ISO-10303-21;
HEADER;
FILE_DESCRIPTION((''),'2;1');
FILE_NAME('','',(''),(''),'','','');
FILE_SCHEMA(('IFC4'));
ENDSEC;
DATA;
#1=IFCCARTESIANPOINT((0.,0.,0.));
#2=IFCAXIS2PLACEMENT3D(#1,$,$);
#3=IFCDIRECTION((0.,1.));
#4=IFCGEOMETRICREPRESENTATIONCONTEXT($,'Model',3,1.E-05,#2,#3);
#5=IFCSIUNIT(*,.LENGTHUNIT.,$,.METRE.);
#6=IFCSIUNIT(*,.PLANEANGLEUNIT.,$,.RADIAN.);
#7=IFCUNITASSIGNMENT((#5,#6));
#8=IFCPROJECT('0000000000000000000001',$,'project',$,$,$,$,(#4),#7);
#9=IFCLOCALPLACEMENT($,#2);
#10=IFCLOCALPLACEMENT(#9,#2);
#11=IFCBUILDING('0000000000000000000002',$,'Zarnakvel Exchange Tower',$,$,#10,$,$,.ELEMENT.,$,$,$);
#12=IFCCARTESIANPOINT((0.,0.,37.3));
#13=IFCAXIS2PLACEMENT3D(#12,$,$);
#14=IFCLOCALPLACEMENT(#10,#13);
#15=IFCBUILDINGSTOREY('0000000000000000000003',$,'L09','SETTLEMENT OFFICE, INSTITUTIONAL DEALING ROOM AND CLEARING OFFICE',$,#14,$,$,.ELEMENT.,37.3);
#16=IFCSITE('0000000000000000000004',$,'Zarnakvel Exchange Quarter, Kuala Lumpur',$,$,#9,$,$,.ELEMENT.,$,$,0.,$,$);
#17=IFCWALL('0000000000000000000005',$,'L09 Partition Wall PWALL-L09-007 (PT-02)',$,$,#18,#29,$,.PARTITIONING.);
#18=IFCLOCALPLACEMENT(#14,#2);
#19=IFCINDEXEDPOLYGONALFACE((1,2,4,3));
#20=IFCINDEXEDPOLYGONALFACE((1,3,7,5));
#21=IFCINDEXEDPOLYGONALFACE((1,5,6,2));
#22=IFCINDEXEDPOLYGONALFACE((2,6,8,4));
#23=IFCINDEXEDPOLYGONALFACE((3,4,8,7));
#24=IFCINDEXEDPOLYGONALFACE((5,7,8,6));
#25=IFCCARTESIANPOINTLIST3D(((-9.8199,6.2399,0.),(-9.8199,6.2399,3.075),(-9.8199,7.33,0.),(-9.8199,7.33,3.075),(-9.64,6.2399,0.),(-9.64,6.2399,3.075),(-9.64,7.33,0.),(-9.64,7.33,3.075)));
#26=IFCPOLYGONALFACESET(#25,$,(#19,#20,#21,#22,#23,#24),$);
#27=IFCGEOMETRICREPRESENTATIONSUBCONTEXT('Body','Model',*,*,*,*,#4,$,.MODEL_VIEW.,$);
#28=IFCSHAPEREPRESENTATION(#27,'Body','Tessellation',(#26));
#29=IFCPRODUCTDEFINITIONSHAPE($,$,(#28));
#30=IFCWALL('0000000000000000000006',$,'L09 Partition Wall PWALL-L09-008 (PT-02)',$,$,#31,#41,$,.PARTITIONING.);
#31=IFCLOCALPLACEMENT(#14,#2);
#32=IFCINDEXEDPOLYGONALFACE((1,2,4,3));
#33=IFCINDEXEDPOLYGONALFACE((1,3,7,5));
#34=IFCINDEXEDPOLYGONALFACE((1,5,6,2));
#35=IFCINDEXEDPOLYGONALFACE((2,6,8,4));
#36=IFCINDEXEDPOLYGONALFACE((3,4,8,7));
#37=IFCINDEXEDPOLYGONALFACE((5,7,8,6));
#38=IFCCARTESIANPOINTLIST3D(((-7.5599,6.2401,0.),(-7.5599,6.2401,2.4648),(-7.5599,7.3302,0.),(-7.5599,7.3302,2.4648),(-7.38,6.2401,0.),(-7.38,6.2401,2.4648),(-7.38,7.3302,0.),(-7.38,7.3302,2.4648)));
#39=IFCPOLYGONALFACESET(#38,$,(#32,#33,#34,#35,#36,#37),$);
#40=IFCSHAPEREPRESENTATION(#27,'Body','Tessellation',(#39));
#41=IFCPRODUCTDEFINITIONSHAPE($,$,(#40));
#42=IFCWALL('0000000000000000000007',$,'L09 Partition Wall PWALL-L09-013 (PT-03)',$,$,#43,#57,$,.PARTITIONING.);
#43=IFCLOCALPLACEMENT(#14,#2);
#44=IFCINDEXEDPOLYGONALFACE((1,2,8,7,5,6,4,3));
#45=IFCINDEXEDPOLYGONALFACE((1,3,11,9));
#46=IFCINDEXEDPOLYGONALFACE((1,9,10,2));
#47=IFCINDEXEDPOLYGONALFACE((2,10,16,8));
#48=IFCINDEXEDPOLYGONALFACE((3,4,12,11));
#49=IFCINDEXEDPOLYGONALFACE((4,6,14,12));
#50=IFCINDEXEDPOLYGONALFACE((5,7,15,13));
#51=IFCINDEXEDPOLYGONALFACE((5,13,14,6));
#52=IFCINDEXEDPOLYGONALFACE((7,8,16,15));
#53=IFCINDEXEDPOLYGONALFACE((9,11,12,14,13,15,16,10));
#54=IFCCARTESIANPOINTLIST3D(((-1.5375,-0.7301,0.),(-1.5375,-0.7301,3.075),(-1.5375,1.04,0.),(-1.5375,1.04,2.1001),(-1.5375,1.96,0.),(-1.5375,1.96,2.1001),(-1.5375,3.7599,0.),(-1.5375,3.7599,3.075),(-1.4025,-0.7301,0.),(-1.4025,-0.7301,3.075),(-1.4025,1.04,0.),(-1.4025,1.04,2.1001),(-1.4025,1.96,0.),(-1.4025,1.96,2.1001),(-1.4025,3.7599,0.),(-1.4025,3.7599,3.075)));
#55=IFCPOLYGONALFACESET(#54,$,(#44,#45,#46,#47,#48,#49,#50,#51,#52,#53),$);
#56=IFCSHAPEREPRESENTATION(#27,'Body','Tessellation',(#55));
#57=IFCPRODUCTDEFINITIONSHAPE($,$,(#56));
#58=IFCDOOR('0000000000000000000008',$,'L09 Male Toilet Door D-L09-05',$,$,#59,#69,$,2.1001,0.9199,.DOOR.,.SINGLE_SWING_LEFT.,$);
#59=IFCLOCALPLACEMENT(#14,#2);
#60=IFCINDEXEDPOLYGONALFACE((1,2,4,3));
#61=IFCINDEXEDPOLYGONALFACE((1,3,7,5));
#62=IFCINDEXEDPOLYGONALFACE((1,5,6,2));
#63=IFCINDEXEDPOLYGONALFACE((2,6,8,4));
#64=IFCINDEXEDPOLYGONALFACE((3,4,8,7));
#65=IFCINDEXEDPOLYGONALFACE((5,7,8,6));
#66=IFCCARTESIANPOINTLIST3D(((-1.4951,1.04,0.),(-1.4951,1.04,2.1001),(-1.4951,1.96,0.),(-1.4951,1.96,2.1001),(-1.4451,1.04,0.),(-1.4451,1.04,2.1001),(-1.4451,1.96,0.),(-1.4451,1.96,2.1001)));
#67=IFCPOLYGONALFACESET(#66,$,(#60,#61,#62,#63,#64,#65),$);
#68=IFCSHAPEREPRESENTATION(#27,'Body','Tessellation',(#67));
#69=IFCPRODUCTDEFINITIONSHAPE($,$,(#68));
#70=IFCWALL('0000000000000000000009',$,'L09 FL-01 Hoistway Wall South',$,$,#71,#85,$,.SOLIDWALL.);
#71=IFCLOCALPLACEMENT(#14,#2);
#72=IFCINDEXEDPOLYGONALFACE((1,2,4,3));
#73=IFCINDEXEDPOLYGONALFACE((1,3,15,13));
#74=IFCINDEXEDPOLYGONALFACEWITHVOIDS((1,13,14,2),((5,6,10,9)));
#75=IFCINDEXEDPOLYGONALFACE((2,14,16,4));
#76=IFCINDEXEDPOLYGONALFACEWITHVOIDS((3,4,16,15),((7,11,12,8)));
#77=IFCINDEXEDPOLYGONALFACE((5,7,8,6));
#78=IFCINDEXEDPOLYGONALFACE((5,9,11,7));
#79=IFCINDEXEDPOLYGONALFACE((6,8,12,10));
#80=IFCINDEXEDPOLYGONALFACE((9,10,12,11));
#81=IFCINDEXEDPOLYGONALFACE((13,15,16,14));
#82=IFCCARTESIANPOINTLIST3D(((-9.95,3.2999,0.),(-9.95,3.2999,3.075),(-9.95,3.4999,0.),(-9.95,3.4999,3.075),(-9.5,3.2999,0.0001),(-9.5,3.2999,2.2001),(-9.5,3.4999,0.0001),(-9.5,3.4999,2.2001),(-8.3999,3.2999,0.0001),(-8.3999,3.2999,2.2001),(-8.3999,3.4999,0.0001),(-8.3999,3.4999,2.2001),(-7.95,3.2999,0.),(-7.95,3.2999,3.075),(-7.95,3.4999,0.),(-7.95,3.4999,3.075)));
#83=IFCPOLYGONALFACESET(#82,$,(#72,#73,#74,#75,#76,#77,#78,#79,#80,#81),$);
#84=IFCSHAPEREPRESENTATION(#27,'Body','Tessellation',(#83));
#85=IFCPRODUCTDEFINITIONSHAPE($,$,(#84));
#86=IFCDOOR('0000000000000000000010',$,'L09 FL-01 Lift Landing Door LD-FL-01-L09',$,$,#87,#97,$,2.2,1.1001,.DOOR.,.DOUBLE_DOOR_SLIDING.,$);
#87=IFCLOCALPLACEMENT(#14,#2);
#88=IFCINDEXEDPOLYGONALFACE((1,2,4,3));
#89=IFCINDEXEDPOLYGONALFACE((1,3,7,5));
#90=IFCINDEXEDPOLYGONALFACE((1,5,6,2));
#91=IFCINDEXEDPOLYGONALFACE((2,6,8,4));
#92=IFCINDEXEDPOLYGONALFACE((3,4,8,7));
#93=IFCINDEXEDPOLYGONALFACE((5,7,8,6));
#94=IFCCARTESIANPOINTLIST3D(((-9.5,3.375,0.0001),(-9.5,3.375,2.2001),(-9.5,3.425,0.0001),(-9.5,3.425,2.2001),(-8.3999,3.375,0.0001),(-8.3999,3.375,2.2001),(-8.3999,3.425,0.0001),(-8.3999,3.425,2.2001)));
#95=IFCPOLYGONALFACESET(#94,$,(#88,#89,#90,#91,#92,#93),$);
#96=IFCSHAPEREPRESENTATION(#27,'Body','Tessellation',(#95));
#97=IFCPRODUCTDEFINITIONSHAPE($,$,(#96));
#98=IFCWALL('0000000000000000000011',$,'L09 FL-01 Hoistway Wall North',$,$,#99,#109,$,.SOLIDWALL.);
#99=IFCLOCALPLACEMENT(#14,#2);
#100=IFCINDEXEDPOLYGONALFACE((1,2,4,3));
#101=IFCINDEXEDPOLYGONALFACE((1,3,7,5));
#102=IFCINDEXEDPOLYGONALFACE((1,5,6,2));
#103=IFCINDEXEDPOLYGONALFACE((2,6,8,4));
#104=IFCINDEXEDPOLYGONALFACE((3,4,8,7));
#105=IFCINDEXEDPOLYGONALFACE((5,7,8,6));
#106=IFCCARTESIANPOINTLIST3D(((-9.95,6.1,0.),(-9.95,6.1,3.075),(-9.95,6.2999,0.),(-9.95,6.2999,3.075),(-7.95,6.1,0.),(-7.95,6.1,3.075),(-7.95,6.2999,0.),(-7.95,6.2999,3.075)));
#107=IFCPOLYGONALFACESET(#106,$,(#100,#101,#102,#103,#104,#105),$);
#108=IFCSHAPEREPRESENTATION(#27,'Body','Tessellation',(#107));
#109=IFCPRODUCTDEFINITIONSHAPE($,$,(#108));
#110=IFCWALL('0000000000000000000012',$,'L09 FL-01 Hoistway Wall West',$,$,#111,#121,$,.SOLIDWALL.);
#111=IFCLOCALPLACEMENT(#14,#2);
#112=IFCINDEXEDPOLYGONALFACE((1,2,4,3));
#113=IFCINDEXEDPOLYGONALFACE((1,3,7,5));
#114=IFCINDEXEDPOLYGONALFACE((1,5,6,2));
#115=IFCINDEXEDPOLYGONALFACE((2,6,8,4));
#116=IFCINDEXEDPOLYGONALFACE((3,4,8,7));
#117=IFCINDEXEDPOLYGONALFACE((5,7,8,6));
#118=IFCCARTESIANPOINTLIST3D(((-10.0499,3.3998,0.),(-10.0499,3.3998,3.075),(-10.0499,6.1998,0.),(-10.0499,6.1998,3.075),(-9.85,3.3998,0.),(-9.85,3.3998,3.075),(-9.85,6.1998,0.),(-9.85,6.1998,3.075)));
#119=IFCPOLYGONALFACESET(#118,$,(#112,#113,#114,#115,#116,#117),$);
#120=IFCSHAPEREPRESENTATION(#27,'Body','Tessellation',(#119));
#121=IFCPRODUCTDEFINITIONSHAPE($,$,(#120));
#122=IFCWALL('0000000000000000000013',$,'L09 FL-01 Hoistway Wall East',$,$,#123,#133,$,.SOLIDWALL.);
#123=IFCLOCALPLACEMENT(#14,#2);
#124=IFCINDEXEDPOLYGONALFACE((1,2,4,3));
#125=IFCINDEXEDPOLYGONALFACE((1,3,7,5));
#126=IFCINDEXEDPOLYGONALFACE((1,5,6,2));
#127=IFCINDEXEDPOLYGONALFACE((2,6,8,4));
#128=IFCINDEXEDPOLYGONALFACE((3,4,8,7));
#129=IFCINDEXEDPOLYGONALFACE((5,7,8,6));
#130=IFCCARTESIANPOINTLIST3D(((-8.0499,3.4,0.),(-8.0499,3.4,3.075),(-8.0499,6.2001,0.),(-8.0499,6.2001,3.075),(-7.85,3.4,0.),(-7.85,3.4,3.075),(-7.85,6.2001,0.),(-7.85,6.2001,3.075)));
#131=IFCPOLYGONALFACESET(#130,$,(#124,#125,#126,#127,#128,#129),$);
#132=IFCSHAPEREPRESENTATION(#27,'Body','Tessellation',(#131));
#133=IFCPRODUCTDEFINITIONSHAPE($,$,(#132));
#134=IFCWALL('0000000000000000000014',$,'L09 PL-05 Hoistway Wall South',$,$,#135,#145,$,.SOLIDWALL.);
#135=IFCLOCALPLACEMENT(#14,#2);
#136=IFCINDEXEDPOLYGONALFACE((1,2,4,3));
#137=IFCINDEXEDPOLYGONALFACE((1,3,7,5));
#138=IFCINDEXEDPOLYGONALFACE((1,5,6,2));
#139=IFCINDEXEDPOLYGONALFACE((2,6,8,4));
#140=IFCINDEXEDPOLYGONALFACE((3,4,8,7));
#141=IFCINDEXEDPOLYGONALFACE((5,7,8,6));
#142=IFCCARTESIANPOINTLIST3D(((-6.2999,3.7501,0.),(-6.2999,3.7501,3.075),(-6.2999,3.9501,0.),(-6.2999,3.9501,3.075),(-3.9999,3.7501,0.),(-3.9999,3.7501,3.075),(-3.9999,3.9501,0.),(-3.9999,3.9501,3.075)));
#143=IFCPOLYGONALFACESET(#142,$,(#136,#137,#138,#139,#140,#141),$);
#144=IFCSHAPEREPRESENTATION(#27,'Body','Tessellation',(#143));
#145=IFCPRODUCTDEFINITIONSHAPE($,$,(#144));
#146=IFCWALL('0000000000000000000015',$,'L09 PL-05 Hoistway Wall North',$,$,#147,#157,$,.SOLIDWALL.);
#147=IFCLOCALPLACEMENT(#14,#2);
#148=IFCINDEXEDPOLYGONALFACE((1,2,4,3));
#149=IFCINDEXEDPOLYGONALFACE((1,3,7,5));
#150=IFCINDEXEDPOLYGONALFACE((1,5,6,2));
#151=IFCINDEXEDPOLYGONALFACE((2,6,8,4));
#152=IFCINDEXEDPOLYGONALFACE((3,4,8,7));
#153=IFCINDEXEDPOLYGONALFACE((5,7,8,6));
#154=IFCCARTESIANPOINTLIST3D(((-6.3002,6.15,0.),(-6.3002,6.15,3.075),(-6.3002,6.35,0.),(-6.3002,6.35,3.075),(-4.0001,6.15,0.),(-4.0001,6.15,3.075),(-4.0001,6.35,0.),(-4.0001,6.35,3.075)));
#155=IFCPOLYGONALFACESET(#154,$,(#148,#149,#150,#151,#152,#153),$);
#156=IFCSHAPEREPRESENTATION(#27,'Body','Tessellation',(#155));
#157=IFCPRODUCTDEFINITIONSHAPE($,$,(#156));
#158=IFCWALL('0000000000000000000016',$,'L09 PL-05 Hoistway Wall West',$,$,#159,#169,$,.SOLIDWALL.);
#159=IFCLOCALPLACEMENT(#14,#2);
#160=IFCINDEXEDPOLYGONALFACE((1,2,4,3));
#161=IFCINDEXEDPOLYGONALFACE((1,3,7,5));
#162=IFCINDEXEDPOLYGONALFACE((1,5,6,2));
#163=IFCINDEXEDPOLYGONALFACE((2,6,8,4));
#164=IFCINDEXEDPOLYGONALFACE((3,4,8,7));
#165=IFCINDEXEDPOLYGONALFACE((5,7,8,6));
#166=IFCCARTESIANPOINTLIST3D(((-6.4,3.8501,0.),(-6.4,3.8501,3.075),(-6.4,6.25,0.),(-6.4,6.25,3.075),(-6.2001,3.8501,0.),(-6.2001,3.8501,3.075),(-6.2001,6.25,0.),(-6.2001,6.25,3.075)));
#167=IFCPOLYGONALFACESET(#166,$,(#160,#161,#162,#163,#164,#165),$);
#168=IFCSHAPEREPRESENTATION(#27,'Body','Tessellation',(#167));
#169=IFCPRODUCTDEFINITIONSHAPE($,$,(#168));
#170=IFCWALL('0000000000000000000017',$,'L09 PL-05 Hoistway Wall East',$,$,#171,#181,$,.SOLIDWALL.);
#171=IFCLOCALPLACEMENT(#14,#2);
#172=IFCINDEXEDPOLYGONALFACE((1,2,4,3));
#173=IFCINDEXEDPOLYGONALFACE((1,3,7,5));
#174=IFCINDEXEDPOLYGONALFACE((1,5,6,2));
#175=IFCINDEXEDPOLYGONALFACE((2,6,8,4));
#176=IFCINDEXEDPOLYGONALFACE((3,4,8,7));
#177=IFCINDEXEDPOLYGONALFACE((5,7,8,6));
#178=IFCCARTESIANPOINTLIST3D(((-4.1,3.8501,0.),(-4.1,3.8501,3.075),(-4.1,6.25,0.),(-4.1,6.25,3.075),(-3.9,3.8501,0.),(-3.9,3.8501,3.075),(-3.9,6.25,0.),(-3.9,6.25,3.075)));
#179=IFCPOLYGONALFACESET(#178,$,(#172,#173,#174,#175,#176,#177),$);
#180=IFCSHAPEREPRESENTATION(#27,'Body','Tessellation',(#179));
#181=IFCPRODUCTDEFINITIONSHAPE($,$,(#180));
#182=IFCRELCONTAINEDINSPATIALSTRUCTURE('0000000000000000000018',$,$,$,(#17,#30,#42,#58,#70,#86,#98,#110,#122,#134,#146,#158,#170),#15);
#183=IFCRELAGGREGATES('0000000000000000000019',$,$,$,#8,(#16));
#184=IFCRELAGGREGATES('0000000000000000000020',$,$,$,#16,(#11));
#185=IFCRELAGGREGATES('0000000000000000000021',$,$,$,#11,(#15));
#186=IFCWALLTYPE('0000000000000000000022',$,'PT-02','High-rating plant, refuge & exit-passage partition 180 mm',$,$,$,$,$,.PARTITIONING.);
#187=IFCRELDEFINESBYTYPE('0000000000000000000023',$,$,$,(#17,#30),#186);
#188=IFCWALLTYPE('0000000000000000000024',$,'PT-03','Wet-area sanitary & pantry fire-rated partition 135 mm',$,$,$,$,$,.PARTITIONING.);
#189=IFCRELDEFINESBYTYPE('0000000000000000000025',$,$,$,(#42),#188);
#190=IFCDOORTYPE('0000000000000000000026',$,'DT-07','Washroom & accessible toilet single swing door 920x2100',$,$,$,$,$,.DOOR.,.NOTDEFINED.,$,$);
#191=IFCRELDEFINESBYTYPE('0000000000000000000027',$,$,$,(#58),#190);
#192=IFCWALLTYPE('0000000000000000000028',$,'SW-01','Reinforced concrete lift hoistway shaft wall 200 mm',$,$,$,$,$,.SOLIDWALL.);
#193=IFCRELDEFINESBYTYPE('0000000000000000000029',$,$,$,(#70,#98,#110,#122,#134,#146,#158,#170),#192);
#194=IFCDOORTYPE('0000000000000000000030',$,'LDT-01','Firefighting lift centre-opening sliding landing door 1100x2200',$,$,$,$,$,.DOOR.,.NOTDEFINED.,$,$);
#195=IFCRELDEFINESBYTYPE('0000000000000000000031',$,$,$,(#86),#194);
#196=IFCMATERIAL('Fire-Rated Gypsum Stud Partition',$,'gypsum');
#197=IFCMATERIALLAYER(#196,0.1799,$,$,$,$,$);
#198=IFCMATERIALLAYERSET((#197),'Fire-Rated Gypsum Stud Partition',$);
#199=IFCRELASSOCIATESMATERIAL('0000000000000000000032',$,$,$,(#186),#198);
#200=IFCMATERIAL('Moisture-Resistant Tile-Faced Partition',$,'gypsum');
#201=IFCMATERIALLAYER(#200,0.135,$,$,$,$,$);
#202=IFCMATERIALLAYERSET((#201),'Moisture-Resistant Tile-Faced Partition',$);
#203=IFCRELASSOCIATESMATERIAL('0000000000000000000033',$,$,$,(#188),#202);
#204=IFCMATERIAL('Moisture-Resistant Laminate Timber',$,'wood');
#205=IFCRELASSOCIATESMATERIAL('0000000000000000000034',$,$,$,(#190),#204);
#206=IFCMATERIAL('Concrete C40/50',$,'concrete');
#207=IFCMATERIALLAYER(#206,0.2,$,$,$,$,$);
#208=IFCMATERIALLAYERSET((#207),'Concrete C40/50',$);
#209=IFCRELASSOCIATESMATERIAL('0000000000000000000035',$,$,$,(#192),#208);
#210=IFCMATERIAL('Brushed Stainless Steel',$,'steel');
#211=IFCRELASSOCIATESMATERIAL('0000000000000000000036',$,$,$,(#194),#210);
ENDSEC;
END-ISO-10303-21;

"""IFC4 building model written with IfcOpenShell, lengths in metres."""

from ifc_helpers import new_model, si_unit, direction, frame, frame_2d, origin, place, context, subcontext, project, spatial, rectangle, extrude, source, transform, mapped, material, layer, layer_set, type_object, element, fill, save


model = new_model("IFC4")

# Units and contexts
model_context = context("Model", 3, precision=1e-05, world=origin(), true_north=direction((0.0, 1.0)))
body_context = subcontext(model_context, "Body", "Model", "MODEL_VIEW")
ifc_project = project(units=[si_unit("LENGTHUNIT", "METRE"), si_unit("PLANEANGLEUNIT", "RADIAN")], contexts=[model_context])

# Site, building, storey
site_placement = place(None, origin())
site = spatial("IfcSite", under=ifc_project, at=site_placement, Name="Zarnakvel Exchange Quarter, Kuala Lumpur", CompositionType="ELEMENT", RefElevation=0.0)
building_placement = place(site_placement, origin())
building = spatial("IfcBuilding", under=site, at=building_placement, Name="Zarnakvel Exchange Tower", CompositionType="ELEMENT")
storey_placement = place(building_placement, frame((0.0, 0.0, 37.3)))
storey = spatial("IfcBuildingStorey", under=building, at=storey_placement, Name="L09", Description="SETTLEMENT OFFICE, INSTITUTIONAL DEALING ROOM AND CLEARING OFFICE", CompositionType="ELEMENT", Elevation=37.3)

# Walls
ifc_material_1 = material(Name="Fire-Rated Gypsum Stud Partition", Category="gypsum")
ifc_layer_1 = layer(ifc_material_1, 0.1799)
ifc_layer_set_1 = layer_set([ifc_layer_1], Name="Fire-Rated Gypsum Stud Partition")
wall_type_1 = type_object("IfcWallType", Name="PT-02", Description="High-rating plant, refuge & exit-passage partition 180 mm", PredefinedType="PARTITIONING", material=ifc_layer_set_1)
wall_1_placement = place(storey_placement, frame((-9.73, 6.24, 0.0), z_axis=(0.0, 0.0, 1.0), x_axis=(0.0, 1.0, 0.0)))
element("IfcWall", 1, at=wall_1_placement, inside=storey, type_object=wall_type_1, Name="L09 Partition Wall PWALL-L09-007 (PT-02)", PredefinedType="PARTITIONING", context=body_context, shape_type="SweptSolid", body=[
    extrude(rectangle(XDim=1.0901, YDim=0.1799, at=frame_2d((0.5449, 0.0))), origin(), (0.0, 0.0, 1.0), 3.075),
])
wall_2_placement = place(storey_placement, frame((-7.47, 7.3301, 0.0), z_axis=(0.0, 0.0, 1.0), x_axis=(0.0, -1.0, 0.0)))
element("IfcWall", 2, at=wall_2_placement, inside=storey, type_object=wall_type_1, Name="L09 Partition Wall PWALL-L09-008 (PT-02)", PredefinedType="PARTITIONING", context=body_context, shape_type="SweptSolid", body=[
    extrude(rectangle(XDim=1.0901, YDim=0.1799, at=frame_2d((0.5449, 0.0))), origin(), (0.0, 0.0, 1.0), 2.4648),
])

# Walls, openings, doors
ifc_material_2 = material(Name="Moisture-Resistant Tile-Faced Partition", Category="gypsum")
ifc_layer_2 = layer(ifc_material_2, 0.135)
ifc_layer_set_2 = layer_set([ifc_layer_2], Name="Moisture-Resistant Tile-Faced Partition")
wall_type_2 = type_object("IfcWallType", Name="PT-03", Description="Wet-area sanitary & pantry fire-rated partition 135 mm", PredefinedType="PARTITIONING", material=ifc_layer_set_2)
wall_3_placement = place(storey_placement, frame((-1.47, 3.76, 0.0), z_axis=(0.0, 0.0, 1.0), x_axis=(0.0, -1.0, 0.0)))
wall_3 = element("IfcWall", 3, at=wall_3_placement, inside=storey, type_object=wall_type_2, Name="L09 Partition Wall PWALL-L09-013 (PT-03)", PredefinedType="PARTITIONING", context=body_context, shape_type="SweptSolid", body=[
    extrude(rectangle(XDim=4.49, YDim=0.135, at=frame_2d((2.2451, 0.0))), origin(), (0.0, 0.0, 1.0), 3.075),
])
opening_1_placement = place(wall_3_placement, frame((1.8, 0.0, 0.0)))
opening_1 = element("IfcOpeningElement", 4, at=opening_1_placement, cuts=wall_3, PredefinedType="OPENING", context=body_context, shape_type="SweptSolid", body=[
    extrude(rectangle(XDim=0.9199, YDim=2.1001, at=frame_2d((0.46, 1.05))), frame((0.0, 0.0774, 0.0), z_axis=(0.0, -1.0, 0.0), x_axis=(1.0, 0.0, 0.0)), (0.0, 0.0, 1.0), 0.155),
])
ifc_material_3 = material(Name="Moisture-Resistant Laminate Timber", Category="wood")
door_type_1 = type_object("IfcDoorType", Name="DT-07", Description="Washroom & accessible toilet single swing door 920x2100", OperationType="NOTDEFINED", PredefinedType="DOOR", material=ifc_material_3)
shared_shape_1 = source(origin(), body_context, "Body", "SweptSolid", [
    extrude(rectangle(XDim=0.9199, YDim=2.1001, at=frame_2d((0.46, 1.05))), frame((0.0, 0.0249, 0.0), z_axis=(0.0, -1.0, 0.0), x_axis=(1.0, 0.0, 0.0)), (0.0, 0.0, 1.0), 0.05),
])
door_1_placement = place(opening_1_placement, origin())
door_1 = element("IfcDoor", 5, at=door_1_placement, inside=storey, type_object=door_type_1, Name="L09 Male Toilet Door D-L09-05", OperationType="SINGLE_SWING_LEFT", OverallHeight=2.1001, OverallWidth=0.9199, PredefinedType="DOOR", context=body_context, shape_type="MappedRepresentation", body=[
    mapped(shared_shape_1, transform((0.0, 0.0, 0.0), x_axis=(1.0, 0.0, 0.0), y_axis=(0.0, 1.0, 0.0), z_axis=(0.0, 0.0, 1.0), scale=1.0)),
])
fill(opening_1, door_1)
ifc_material_4 = material(Name="Concrete C40/50", Category="concrete")
ifc_layer_3 = layer(ifc_material_4, 0.2)
ifc_layer_set_3 = layer_set([ifc_layer_3], Name="Concrete C40/50")
wall_type_3 = type_object("IfcWallType", Name="SW-01", Description="Reinforced concrete lift hoistway shaft wall 200 mm", PredefinedType="SOLIDWALL", material=ifc_layer_set_3)
wall_4_placement = place(storey_placement, frame((-7.95, 3.3999, 0.0), z_axis=(0.0, 0.0, 1.0), x_axis=(-1.0, 0.0, 0.0)))
wall_4 = element("IfcWall", 6, at=wall_4_placement, inside=storey, type_object=wall_type_3, Name="L09 FL-01 Hoistway Wall South", PredefinedType="SOLIDWALL", context=body_context, shape_type="SweptSolid", body=[
    extrude(rectangle(XDim=2.0, YDim=0.2, at=frame_2d((1.0, 0.0))), origin(), (0.0, 0.0, 1.0), 3.075),
])
opening_2_placement = place(wall_4_placement, frame((0.45, 0.0, 0.0)))
opening_2 = element("IfcOpeningElement", 7, at=opening_2_placement, cuts=wall_4, PredefinedType="OPENING", context=body_context, shape_type="SweptSolid", body=[
    extrude(rectangle(XDim=1.1001, YDim=2.2, at=frame_2d((0.55, 1.1001))), frame((0.0, 0.1099, 0.0), z_axis=(0.0, -1.0, 0.0), x_axis=(1.0, 0.0, 0.0)), (0.0, 0.0, 1.0), 0.22),
])
ifc_material_5 = material(Name="Brushed Stainless Steel", Category="steel")
door_type_2 = type_object("IfcDoorType", Name="LDT-01", Description="Firefighting lift centre-opening sliding landing door 1100x2200", OperationType="NOTDEFINED", PredefinedType="DOOR", material=ifc_material_5)
shared_shape_2 = source(origin(), body_context, "Body", "SweptSolid", [
    extrude(rectangle(XDim=1.1001, YDim=2.2, at=frame_2d((0.55, 1.1001))), frame((0.0, 0.0249, 0.0), z_axis=(0.0, -1.0, 0.0), x_axis=(1.0, 0.0, 0.0)), (0.0, 0.0, 1.0), 0.05),
])
door_2_placement = place(opening_2_placement, origin())
door_2 = element("IfcDoor", 8, at=door_2_placement, inside=storey, type_object=door_type_2, Name="L09 FL-01 Lift Landing Door LD-FL-01-L09", OperationType="DOUBLE_DOOR_SLIDING", OverallHeight=2.2, OverallWidth=1.1001, PredefinedType="DOOR", context=body_context, shape_type="MappedRepresentation", body=[
    mapped(shared_shape_2, transform((0.0, 0.0, 0.0), x_axis=(1.0, 0.0, 0.0), y_axis=(0.0, 1.0, 0.0), z_axis=(0.0, 0.0, 1.0), scale=1.0)),
])
fill(opening_2, door_2)

# Walls
wall_5_placement = place(storey_placement, frame((-9.95, 6.2, 0.0), z_axis=(0.0, 0.0, 1.0), x_axis=(1.0, 0.0, 0.0)))
element("IfcWall", 9, at=wall_5_placement, inside=storey, type_object=wall_type_3, Name="L09 FL-01 Hoistway Wall North", PredefinedType="SOLIDWALL", context=body_context, shape_type="SweptSolid", body=[
    extrude(rectangle(XDim=2.0, YDim=0.2, at=frame_2d((1.0, 0.0))), origin(), (0.0, 0.0, 1.0), 3.075),
])
for number, where, z_axis, x_axis, name in (
    (10, (-9.95, 3.3999, 0.0), (0.0, 0.0, 1.0), (0.0, 1.0, 0.0), "L09 FL-01 Hoistway Wall West"),
    (11, (-7.95, 6.2, 0.0), (0.0, 0.0, 1.0), (0.0, -1.0, 0.0), "L09 FL-01 Hoistway Wall East"),
):
    element("IfcWall", number, at=place(storey_placement, frame(where, z_axis=z_axis, x_axis=x_axis)), inside=storey, type_object=wall_type_3, Name=name, PredefinedType="SOLIDWALL", context=body_context, shape_type="SweptSolid", body=[
        extrude(rectangle(XDim=2.8, YDim=0.2, at=frame_2d((1.3999, 0.0))), origin(), (0.0, 0.0, 1.0), 3.075),
    ])
for number, where, z_axis, x_axis, name in (
    (12, (-4.0, 3.8501, 0.0), (0.0, 0.0, 1.0), (-1.0, 0.0, 0.0), "L09 PL-05 Hoistway Wall South"),
    (13, (-6.3, 6.25, 0.0), (0.0, 0.0, 1.0), (1.0, 0.0, 0.0), "L09 PL-05 Hoistway Wall North"),
):
    element("IfcWall", number, at=place(storey_placement, frame(where, z_axis=z_axis, x_axis=x_axis)), inside=storey, type_object=wall_type_3, Name=name, PredefinedType="SOLIDWALL", context=body_context, shape_type="SweptSolid", body=[
        extrude(rectangle(XDim=2.3, YDim=0.2, at=frame_2d((1.1499, 0.0))), origin(), (0.0, 0.0, 1.0), 3.075),
    ])
for number, where, z_axis, x_axis, name in (
    (14, (-6.3, 3.8501, 0.0), (0.0, 0.0, 1.0), (0.0, 1.0, 0.0), "L09 PL-05 Hoistway Wall West"),
    (15, (-4.0, 6.25, 0.0), (0.0, 0.0, 1.0), (0.0, -1.0, 0.0), "L09 PL-05 Hoistway Wall East"),
):
    element("IfcWall", number, at=place(storey_placement, frame(where, z_axis=z_axis, x_axis=x_axis)), inside=storey, type_object=wall_type_3, Name=name, PredefinedType="SOLIDWALL", context=body_context, shape_type="SweptSolid", body=[
        extrude(rectangle(XDim=2.3999, YDim=0.2, at=frame_2d((1.2, 0.0))), origin(), (0.0, 0.0, 1.0), 3.075),
    ])

save(model, "model.ifc")
